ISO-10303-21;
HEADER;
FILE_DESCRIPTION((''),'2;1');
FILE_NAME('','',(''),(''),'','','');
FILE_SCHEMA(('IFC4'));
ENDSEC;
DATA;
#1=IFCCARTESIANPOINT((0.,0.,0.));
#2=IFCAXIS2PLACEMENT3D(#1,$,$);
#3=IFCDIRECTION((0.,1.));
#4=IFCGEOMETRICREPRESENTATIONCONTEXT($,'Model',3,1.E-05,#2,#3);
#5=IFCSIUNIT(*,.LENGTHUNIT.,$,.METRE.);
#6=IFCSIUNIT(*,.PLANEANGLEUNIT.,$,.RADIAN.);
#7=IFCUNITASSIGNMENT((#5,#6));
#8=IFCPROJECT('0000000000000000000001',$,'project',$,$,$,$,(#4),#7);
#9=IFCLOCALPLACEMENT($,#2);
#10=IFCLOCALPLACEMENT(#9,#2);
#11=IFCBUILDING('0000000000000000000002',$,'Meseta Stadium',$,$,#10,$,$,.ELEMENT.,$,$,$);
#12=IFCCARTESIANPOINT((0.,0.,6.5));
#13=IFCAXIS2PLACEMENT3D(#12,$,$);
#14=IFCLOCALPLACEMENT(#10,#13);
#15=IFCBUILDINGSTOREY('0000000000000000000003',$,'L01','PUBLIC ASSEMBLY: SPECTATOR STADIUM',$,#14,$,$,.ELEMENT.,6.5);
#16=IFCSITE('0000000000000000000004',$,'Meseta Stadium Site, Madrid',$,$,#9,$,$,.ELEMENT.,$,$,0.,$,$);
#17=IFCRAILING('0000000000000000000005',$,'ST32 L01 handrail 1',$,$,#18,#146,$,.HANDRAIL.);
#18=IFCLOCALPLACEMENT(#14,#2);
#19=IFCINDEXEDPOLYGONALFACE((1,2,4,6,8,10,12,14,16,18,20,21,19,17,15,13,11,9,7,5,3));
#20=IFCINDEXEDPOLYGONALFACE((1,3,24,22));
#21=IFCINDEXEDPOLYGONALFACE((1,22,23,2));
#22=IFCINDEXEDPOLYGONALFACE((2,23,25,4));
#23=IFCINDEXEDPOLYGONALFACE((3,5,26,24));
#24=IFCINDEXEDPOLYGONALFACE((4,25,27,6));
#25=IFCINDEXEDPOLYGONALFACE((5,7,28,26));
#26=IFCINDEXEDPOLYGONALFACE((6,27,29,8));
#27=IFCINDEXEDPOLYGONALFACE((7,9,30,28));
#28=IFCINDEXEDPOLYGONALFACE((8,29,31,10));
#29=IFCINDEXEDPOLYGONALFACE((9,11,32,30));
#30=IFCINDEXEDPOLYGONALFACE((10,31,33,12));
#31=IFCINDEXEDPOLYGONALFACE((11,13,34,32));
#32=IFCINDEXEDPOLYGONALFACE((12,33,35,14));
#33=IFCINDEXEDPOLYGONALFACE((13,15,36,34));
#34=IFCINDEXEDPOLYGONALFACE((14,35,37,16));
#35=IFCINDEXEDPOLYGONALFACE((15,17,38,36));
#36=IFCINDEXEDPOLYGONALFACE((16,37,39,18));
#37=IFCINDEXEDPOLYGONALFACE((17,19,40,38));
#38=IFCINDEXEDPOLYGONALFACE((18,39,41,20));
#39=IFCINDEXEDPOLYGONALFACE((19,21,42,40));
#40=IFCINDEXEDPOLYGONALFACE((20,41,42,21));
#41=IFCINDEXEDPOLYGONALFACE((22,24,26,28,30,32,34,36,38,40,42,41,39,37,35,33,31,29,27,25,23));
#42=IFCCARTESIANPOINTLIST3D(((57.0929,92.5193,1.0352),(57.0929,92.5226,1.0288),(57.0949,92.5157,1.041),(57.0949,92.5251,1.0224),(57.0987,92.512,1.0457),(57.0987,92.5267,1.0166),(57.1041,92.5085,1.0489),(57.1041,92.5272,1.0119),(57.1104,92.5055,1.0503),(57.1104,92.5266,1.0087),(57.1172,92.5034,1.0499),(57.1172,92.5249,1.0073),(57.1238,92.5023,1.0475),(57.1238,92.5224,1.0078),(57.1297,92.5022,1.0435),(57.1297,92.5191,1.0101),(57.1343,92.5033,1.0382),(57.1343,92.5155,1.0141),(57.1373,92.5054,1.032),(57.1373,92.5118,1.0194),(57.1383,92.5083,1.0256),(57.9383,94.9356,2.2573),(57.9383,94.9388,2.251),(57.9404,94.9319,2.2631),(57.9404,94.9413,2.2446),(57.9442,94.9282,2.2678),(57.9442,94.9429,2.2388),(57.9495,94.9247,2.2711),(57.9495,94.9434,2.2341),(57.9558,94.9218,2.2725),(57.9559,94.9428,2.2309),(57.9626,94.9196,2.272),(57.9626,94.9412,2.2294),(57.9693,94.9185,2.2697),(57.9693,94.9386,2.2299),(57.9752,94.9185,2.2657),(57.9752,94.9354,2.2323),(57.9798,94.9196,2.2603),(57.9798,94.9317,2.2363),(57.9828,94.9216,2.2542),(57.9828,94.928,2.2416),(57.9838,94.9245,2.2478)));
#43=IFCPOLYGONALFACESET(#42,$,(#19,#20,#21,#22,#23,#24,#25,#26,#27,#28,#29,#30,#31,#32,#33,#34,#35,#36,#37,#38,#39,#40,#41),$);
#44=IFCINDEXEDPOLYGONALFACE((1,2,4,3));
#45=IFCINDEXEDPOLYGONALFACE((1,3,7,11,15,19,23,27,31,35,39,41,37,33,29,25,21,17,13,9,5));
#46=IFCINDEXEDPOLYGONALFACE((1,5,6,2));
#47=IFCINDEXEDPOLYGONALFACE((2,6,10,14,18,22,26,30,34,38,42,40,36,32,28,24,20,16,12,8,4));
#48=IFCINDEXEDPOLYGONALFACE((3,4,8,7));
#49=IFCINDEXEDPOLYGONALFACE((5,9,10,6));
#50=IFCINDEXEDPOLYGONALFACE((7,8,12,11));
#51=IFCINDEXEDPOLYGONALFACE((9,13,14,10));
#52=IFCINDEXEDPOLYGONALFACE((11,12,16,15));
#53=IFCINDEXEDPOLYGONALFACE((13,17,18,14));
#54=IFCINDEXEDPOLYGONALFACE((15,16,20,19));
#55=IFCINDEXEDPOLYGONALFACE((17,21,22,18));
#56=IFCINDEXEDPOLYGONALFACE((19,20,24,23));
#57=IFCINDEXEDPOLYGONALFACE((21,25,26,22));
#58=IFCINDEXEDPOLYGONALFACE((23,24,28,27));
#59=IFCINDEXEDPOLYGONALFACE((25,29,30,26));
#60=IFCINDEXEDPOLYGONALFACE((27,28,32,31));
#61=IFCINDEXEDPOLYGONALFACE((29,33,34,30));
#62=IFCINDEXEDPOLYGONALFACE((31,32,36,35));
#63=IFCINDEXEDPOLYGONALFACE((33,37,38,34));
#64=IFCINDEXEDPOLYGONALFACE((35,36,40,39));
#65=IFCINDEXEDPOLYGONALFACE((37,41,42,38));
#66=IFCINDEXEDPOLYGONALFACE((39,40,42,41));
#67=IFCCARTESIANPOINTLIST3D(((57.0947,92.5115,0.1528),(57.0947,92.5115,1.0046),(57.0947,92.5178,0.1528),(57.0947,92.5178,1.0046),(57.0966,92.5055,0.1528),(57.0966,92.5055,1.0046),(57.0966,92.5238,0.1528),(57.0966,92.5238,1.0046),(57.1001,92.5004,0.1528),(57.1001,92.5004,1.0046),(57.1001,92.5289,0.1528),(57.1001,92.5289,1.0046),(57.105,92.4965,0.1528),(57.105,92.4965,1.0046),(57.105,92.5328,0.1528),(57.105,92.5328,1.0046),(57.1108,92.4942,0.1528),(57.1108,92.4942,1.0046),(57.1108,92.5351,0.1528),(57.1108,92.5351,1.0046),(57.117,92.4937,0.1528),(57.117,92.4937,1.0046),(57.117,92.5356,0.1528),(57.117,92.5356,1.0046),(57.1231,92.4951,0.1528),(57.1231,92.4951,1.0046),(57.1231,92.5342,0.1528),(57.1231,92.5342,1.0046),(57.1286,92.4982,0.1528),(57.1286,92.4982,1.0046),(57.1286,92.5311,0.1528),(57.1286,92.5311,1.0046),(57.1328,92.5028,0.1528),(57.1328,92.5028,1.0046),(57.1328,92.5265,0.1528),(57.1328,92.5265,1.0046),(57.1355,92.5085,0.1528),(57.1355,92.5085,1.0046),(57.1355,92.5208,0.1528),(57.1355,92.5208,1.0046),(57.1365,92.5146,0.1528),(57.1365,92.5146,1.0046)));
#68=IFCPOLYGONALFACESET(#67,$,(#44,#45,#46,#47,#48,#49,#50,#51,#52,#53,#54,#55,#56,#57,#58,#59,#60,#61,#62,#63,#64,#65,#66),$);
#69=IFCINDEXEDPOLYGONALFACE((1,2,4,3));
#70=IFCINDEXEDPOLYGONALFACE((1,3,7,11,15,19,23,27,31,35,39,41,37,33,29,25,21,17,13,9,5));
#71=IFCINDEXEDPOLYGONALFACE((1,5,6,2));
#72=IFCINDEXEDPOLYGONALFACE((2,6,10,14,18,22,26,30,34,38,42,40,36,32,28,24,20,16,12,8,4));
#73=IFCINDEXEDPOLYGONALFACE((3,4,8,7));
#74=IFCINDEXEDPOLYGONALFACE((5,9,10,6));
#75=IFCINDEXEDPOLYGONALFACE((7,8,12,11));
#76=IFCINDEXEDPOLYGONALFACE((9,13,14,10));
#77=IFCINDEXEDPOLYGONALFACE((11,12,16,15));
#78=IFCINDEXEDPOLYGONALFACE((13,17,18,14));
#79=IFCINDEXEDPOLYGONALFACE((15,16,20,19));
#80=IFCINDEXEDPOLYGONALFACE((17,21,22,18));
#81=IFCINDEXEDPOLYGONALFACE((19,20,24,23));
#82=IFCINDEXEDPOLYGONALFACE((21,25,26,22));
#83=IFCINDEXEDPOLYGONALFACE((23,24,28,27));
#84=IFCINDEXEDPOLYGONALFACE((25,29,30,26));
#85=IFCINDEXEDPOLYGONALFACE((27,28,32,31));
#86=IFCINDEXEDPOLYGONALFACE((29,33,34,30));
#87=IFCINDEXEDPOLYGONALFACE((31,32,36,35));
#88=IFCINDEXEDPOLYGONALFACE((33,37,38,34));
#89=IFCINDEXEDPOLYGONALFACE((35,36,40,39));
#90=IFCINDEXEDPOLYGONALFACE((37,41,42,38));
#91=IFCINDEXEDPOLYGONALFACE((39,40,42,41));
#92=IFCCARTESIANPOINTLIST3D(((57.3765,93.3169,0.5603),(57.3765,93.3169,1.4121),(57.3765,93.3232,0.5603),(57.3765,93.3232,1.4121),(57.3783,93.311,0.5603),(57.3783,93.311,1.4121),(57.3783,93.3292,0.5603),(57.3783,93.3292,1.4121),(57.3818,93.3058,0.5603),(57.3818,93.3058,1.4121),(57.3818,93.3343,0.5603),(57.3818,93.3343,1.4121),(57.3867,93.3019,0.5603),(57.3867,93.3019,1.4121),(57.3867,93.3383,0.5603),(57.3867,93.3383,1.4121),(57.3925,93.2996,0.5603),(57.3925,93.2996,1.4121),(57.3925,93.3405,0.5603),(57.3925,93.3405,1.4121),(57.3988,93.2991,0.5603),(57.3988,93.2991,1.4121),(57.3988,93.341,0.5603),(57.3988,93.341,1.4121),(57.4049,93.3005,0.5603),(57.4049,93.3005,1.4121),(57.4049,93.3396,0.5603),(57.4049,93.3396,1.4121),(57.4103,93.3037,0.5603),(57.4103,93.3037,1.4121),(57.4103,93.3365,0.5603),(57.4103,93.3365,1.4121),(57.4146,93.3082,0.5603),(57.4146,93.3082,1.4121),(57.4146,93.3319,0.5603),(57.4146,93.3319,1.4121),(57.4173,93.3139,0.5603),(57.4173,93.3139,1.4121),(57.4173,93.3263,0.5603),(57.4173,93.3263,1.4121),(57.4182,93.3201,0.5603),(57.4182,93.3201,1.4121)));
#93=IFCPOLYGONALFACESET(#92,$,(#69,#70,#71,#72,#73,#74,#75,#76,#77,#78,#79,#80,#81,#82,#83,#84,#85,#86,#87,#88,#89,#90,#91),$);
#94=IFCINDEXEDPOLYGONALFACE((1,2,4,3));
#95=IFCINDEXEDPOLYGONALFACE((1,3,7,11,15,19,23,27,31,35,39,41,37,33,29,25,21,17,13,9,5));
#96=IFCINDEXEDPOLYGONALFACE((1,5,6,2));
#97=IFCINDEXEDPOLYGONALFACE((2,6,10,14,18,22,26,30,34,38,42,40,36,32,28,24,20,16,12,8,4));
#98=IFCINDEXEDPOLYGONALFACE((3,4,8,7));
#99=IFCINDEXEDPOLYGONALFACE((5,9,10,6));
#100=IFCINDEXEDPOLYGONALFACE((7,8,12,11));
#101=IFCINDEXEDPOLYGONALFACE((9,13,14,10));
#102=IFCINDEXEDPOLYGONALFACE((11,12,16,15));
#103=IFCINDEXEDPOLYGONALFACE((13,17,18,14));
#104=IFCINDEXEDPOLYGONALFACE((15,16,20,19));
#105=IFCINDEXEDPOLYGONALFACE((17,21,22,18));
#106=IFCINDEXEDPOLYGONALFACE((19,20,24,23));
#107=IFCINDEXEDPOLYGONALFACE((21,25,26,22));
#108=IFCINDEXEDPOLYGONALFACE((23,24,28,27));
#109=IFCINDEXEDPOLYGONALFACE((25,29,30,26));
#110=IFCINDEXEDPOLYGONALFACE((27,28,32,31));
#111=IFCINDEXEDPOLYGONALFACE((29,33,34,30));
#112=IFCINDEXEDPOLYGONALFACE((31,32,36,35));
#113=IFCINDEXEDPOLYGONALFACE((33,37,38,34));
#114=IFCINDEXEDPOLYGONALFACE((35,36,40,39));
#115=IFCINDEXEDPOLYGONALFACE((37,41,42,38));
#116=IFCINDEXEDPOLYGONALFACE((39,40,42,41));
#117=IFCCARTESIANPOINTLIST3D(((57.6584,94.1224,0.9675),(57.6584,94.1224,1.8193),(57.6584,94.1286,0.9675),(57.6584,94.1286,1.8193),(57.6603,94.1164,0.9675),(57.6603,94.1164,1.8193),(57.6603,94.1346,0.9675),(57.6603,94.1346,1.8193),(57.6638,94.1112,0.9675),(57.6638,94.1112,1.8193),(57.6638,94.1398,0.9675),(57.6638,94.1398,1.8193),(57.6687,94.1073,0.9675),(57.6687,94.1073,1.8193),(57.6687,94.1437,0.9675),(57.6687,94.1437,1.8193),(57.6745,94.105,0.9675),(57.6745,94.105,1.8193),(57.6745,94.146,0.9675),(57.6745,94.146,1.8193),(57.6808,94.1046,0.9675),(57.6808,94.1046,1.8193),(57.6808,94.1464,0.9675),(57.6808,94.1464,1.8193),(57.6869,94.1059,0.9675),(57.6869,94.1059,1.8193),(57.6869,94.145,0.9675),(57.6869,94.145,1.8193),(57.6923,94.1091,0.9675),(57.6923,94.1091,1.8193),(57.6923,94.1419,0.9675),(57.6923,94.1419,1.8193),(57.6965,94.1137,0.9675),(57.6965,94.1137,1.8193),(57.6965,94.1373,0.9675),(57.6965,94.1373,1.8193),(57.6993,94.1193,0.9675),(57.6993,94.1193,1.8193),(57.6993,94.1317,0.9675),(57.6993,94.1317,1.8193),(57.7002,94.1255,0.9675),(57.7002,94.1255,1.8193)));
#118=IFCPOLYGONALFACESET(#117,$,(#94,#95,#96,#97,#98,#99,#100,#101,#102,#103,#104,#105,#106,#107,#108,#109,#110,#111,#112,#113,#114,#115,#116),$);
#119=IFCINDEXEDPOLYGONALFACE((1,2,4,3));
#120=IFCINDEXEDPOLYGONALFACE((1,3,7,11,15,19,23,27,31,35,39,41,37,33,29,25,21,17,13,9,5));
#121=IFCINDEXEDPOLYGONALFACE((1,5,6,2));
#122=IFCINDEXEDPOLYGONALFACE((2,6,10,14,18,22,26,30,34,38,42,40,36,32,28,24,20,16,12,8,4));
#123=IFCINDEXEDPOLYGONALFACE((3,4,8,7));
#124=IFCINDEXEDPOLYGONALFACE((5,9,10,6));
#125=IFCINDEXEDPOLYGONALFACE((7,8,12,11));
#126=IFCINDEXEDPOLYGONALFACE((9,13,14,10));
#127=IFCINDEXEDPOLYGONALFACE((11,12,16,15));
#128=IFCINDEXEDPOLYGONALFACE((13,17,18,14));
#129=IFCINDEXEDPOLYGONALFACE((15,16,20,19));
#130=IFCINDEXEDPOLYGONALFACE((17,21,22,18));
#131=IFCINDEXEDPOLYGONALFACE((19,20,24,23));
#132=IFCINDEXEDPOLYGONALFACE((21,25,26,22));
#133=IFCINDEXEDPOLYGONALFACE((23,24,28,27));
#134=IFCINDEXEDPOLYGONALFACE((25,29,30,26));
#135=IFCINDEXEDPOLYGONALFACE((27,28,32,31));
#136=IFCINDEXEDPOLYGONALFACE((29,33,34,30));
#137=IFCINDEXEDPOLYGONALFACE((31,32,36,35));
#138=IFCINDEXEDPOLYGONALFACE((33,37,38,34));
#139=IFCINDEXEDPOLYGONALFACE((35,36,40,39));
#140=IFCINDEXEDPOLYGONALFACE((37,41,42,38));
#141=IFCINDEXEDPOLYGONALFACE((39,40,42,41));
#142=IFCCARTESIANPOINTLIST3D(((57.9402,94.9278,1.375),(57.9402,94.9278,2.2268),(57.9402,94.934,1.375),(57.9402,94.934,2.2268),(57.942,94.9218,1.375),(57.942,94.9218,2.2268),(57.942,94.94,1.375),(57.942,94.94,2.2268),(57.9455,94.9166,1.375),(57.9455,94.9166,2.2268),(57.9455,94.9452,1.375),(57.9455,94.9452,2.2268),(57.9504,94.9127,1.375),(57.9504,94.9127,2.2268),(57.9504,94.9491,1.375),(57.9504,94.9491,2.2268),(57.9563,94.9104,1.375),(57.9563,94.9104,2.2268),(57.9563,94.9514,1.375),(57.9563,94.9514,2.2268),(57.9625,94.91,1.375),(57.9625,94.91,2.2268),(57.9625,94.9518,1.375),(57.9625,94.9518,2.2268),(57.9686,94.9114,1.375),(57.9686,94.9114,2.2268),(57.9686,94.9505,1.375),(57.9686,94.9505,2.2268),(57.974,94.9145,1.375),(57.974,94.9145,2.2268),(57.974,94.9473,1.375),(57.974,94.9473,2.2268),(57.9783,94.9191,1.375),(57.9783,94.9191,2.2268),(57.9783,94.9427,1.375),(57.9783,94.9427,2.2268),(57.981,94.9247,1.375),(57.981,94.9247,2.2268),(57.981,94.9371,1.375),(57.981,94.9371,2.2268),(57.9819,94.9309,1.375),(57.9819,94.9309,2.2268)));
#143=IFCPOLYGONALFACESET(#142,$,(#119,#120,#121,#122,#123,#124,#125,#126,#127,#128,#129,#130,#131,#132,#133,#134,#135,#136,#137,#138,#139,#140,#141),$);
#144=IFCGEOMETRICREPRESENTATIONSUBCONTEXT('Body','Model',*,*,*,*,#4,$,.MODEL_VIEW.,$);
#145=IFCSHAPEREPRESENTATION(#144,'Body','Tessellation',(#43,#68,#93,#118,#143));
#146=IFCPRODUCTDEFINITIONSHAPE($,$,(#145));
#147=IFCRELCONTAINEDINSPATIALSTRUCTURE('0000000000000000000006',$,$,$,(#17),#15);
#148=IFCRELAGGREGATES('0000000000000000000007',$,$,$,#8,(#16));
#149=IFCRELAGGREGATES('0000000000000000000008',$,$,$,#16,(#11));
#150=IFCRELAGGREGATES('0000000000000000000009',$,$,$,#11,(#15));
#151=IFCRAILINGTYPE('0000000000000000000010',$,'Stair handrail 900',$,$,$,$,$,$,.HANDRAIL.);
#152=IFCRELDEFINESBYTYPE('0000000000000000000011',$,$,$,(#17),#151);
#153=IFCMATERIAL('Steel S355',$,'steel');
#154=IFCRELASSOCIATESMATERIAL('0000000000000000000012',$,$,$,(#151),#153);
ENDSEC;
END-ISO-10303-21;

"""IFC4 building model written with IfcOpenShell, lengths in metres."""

from ifc_helpers import new_model, si_unit, direction, frame, origin, origin_2d, place, context, subcontext, project, spatial, circle, extrude, material, type_object, element, save


model = new_model("IFC4")

# Units and contexts
model_context = context("Model", 3, precision=1e-05, world=origin(), true_north=direction((0.0, 1.0)))
body_context = subcontext(model_context, "Body", "Model", "MODEL_VIEW")
ifc_project = project(units=[si_unit("LENGTHUNIT", "METRE"), si_unit("PLANEANGLEUNIT", "RADIAN")], contexts=[model_context])

# Site, building, storey
site_placement = place(None, origin())
site = spatial("IfcSite", under=ifc_project, at=site_placement, Name="Meseta Stadium Site, Madrid", CompositionType="ELEMENT", RefElevation=0.0)
building_placement = place(site_placement, origin())
building = spatial("IfcBuilding", under=site, at=building_placement, Name="Meseta Stadium", CompositionType="ELEMENT")
storey_placement = place(building_placement, frame((0.0, 0.0, 6.5)))
storey = spatial("IfcBuildingStorey", under=building, at=storey_placement, Name="L01", Description="PUBLIC ASSEMBLY: SPECTATOR STADIUM", CompositionType="ELEMENT", Elevation=6.5)

# Railing
ifc_material_1 = material(Name="Steel S355", Category="steel")
railing_type = type_object("IfcRailingType", Name="Stair handrail 900", PredefinedType="HANDRAIL", material=ifc_material_1)
for number, where, name in (
    (1, (57.1155, 92.5146, 0.1528), "ST32 L01 handrail 1"),
):
    element("IfcRailing", number, at=place(storey_placement, frame(where)), inside=storey, type_object=railing_type, Name=name, PredefinedType="HANDRAIL", context=body_context, shape_type="SweptSolid", body=[
        extrude(circle(Radius=0.0239, at=origin_2d()), frame((0.0, 0.0, 0.876), z_axis=(0.298044, 0.851789, 0.430843), x_axis=(-0.943887, 0.33027, 0.0)), (0.0, 0.0, 1.0), 2.8367),
        extrude(circle(Radius=0.021, at=origin_2d()), origin(), (0.0, 0.0, 1.0), 0.8518),
        extrude(circle(Radius=0.021, at=origin_2d()), frame((0.2817, 0.8054, 0.4075)), (0.0, 0.0, 1.0), 0.8518),
        extrude(circle(Radius=0.021, at=origin_2d()), frame((0.5637, 1.6108, 0.8147)), (0.0, 0.0, 1.0), 0.8518),
        extrude(circle(Radius=0.021, at=origin_2d()), frame((0.8455, 2.4163, 1.2222)), (0.0, 0.0, 1.0), 0.8518),
    ])

save(model, "model.ifc")
